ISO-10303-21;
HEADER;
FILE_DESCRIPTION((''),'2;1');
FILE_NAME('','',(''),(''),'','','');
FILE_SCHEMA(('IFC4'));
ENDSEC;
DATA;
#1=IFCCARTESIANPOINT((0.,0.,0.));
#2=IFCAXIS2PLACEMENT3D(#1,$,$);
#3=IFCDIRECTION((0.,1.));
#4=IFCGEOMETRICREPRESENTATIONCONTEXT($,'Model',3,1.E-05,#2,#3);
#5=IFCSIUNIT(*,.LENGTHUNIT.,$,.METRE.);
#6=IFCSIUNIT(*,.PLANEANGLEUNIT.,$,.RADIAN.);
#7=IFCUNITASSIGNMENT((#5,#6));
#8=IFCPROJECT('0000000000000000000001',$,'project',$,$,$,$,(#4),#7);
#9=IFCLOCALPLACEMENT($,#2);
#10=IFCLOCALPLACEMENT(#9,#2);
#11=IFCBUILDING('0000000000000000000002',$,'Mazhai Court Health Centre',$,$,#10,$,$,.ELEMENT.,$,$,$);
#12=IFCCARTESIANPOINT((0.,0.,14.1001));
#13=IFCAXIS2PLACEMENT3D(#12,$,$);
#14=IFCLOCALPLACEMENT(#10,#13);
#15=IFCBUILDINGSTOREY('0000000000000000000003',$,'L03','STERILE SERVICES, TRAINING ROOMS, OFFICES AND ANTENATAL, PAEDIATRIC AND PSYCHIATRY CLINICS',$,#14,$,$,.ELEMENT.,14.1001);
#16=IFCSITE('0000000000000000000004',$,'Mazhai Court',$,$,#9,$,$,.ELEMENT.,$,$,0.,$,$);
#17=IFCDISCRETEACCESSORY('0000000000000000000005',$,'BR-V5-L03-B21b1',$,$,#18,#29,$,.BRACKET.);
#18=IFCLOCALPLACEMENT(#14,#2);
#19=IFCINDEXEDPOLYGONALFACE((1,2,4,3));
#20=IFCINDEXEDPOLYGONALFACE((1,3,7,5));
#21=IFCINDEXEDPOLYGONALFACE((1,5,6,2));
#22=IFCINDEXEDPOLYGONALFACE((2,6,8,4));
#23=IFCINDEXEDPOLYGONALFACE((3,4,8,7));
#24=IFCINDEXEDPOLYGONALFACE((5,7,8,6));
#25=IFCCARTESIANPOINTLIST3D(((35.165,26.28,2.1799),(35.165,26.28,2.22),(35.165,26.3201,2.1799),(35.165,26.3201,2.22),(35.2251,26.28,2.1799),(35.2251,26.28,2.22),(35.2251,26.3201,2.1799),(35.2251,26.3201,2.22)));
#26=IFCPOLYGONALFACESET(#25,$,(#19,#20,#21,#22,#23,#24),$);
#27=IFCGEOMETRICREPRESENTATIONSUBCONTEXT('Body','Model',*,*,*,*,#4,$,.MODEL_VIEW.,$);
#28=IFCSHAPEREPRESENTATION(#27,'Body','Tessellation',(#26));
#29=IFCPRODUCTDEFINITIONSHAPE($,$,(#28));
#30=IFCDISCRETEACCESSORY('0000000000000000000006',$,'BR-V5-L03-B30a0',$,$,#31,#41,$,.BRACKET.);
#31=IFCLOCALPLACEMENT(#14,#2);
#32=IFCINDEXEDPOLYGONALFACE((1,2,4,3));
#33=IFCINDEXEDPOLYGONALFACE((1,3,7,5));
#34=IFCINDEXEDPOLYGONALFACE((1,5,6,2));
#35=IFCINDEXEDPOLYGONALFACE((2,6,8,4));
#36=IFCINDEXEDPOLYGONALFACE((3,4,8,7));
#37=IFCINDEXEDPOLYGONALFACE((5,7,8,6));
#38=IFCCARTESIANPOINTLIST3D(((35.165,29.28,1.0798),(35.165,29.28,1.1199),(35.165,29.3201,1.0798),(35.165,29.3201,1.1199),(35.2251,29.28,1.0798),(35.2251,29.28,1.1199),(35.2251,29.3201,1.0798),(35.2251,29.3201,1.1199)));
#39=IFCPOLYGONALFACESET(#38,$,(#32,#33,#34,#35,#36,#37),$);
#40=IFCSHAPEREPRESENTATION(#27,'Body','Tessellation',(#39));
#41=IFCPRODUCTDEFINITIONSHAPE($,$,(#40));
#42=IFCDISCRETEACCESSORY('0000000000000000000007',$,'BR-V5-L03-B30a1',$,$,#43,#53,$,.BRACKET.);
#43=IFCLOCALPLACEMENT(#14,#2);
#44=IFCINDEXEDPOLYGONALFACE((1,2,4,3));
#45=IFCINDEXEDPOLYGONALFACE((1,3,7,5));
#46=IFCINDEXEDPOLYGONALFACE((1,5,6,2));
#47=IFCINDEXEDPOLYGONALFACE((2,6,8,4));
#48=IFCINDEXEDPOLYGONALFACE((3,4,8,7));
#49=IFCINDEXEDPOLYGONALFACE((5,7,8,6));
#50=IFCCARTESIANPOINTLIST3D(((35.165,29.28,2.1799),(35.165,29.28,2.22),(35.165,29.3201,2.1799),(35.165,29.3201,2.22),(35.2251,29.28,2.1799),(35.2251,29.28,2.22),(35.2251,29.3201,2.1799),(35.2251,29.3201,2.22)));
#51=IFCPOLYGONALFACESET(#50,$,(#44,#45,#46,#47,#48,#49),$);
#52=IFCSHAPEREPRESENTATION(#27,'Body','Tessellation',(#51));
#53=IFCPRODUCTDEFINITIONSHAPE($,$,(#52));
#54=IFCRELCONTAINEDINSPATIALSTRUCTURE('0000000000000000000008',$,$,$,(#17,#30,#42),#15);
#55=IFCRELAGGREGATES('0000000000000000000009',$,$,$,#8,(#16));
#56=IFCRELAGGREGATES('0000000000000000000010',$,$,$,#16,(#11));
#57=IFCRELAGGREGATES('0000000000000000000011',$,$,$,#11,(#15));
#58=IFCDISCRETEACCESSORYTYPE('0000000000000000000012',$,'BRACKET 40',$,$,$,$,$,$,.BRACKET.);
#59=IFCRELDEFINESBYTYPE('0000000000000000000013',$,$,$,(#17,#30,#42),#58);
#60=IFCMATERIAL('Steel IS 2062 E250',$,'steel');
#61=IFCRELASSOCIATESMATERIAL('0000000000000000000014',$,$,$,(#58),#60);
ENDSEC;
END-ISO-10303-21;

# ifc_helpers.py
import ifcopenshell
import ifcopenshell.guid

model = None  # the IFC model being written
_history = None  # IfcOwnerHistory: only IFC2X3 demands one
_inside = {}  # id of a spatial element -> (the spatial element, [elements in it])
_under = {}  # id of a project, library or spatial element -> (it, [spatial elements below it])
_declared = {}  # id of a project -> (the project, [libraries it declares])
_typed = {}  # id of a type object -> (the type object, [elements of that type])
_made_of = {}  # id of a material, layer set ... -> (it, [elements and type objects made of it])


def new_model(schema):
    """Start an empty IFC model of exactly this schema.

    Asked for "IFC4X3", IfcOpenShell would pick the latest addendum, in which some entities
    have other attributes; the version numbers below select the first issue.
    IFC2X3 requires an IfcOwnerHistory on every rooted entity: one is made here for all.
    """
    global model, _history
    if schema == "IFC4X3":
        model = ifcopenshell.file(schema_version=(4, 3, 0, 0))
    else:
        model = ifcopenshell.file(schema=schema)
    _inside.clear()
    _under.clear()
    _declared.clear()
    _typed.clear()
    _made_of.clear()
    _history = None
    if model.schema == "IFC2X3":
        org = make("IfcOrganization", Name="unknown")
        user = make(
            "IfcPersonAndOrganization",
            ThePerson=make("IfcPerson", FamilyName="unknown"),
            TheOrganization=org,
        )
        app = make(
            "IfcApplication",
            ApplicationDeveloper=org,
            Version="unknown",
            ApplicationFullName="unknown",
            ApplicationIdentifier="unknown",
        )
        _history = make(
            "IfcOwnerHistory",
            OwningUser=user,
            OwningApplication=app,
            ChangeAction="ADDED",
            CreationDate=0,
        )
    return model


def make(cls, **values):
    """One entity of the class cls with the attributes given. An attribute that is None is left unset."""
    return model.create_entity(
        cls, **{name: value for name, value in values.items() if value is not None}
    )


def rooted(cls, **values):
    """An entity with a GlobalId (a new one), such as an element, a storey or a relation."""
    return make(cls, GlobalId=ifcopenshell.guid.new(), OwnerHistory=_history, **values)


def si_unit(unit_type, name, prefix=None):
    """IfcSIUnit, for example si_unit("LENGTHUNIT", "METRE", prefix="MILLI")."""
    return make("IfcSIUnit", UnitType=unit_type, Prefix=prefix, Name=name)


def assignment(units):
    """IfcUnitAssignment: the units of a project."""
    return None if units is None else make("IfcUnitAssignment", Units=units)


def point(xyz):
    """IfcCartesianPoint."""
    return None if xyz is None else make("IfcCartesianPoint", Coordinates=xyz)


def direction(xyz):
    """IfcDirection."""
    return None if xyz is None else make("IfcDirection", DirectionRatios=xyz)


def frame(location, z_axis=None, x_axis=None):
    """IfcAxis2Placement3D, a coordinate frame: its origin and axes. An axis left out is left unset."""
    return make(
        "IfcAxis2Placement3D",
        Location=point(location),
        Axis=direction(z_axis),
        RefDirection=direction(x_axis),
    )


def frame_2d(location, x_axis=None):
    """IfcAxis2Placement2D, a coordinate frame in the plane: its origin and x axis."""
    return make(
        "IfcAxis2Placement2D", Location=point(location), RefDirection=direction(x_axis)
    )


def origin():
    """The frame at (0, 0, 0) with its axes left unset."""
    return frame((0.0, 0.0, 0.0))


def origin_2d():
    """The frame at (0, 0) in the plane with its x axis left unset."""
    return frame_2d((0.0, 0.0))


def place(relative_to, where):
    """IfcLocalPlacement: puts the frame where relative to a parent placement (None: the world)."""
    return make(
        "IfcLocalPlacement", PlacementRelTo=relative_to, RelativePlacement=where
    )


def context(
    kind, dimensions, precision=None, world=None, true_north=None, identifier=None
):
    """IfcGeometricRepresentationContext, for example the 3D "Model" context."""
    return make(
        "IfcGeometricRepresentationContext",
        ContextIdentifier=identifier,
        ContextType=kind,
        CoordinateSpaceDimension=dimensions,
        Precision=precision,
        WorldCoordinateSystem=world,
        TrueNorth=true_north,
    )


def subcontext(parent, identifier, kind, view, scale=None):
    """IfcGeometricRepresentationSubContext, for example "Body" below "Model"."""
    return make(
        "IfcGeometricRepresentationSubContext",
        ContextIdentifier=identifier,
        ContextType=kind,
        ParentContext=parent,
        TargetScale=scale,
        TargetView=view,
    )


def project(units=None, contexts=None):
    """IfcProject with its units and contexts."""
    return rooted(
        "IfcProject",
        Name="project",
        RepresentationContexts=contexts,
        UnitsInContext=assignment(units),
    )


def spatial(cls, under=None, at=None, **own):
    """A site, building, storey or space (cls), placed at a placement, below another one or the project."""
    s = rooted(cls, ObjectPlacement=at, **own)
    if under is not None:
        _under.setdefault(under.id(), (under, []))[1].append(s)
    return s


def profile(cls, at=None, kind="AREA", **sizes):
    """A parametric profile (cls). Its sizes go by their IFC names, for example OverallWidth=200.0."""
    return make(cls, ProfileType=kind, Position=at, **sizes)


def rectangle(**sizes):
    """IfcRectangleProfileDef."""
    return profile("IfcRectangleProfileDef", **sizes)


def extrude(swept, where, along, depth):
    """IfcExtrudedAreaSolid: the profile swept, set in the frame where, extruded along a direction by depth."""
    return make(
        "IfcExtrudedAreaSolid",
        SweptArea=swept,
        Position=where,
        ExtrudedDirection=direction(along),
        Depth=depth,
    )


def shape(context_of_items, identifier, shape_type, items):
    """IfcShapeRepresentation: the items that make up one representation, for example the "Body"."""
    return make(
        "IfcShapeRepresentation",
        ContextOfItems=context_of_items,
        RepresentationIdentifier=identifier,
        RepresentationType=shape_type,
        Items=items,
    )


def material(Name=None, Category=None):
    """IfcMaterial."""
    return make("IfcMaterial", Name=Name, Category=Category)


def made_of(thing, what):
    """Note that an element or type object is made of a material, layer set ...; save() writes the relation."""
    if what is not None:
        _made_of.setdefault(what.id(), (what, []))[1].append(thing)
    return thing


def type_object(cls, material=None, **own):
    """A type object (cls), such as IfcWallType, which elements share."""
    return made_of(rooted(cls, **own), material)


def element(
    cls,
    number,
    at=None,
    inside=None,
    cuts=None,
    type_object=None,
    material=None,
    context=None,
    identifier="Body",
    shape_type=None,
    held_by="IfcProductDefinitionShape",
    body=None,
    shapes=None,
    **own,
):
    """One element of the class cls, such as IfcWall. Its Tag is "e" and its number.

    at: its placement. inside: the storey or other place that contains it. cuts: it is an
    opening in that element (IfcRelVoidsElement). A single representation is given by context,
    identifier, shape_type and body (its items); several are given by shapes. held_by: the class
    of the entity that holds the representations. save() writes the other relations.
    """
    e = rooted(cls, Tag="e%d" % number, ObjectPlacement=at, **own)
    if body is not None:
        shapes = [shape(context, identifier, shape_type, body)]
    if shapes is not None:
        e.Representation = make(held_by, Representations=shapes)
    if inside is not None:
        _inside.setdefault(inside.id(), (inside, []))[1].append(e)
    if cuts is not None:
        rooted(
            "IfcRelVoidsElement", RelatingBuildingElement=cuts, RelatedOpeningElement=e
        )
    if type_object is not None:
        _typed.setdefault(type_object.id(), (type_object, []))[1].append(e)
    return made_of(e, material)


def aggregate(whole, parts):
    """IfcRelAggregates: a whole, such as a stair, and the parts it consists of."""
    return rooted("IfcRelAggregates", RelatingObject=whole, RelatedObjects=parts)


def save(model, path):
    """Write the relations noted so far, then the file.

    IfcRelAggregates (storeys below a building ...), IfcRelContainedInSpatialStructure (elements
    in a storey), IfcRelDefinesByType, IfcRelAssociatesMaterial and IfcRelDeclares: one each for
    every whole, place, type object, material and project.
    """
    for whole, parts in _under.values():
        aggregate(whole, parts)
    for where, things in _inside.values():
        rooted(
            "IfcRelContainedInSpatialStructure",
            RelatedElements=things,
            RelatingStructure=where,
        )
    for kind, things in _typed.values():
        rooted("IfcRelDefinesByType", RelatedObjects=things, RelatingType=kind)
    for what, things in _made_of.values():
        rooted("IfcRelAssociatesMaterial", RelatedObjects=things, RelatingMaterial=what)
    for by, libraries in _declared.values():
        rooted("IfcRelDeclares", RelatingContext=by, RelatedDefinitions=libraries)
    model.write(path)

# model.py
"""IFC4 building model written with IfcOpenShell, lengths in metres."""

from ifc_helpers import new_model, si_unit, direction, frame, origin, origin_2d, place, context, subcontext, project, spatial, rectangle, extrude, material, type_object, element, save


model = new_model("IFC4")

# Units and contexts
model_context = context("Model", 3, precision=1e-05, world=origin(), true_north=direction((0.0, 1.0)))
body_context = subcontext(model_context, "Body", "Model", "MODEL_VIEW")
ifc_project = project(units=[si_unit("LENGTHUNIT", "METRE"), si_unit("PLANEANGLEUNIT", "RADIAN")], contexts=[model_context])

# Site, building, storey
site_placement = place(None, origin())
site = spatial("IfcSite", under=ifc_project, at=site_placement, Name="Mazhai Court", CompositionType="ELEMENT", RefElevation=0.0)
building_placement = place(site_placement, origin())
building = spatial("IfcBuilding", under=site, at=building_placement, Name="Mazhai Court Health Centre", CompositionType="ELEMENT")
storey_placement = place(building_placement, frame((0.0, 0.0, 14.1001)))
storey = spatial("IfcBuildingStorey", under=building, at=storey_placement, Name="L03", Description="STERILE SERVICES, TRAINING ROOMS, OFFICES AND ANTENATAL, PAEDIATRIC AND PSYCHIATRY CLINICS", CompositionType="ELEMENT", Elevation=14.1001)

# Discrete accessories
ifc_material_1 = material(Name="Steel IS 2062 E250", Category="steel")
discrete_accessory_type = type_object("IfcDiscreteAccessoryType", Name="BRACKET 40", PredefinedType="BRACKET", material=ifc_material_1)
for number, where, z_axis, x_axis, name in (
    (1, (35.1951, 26.3, 2.1799), (0.0, 0.0, 1.0), (0.0, 1.0, 0.0), "BR-V5-L03-B21b1"),
    (2, (35.1951, 29.3, 1.0798), (0.0, 0.0, 1.0), (0.0, 1.0, 0.0), "BR-V5-L03-B30a0"),
    (3, (35.1951, 29.3, 2.1799), (0.0, 0.0, 1.0), (0.0, 1.0, 0.0), "BR-V5-L03-B30a1"),
):
    element("IfcDiscreteAccessory", number, at=place(storey_placement, frame(where, z_axis=z_axis, x_axis=x_axis)), inside=storey, type_object=discrete_accessory_type, Name=name, PredefinedType="BRACKET", context=body_context, shape_type="SweptSolid", body=[
        extrude(rectangle(XDim=0.04, YDim=0.0601, at=origin_2d()), origin(), (0.0, 0.0, 1.0), 0.04),
    ])

save(model, "model.ifc")
